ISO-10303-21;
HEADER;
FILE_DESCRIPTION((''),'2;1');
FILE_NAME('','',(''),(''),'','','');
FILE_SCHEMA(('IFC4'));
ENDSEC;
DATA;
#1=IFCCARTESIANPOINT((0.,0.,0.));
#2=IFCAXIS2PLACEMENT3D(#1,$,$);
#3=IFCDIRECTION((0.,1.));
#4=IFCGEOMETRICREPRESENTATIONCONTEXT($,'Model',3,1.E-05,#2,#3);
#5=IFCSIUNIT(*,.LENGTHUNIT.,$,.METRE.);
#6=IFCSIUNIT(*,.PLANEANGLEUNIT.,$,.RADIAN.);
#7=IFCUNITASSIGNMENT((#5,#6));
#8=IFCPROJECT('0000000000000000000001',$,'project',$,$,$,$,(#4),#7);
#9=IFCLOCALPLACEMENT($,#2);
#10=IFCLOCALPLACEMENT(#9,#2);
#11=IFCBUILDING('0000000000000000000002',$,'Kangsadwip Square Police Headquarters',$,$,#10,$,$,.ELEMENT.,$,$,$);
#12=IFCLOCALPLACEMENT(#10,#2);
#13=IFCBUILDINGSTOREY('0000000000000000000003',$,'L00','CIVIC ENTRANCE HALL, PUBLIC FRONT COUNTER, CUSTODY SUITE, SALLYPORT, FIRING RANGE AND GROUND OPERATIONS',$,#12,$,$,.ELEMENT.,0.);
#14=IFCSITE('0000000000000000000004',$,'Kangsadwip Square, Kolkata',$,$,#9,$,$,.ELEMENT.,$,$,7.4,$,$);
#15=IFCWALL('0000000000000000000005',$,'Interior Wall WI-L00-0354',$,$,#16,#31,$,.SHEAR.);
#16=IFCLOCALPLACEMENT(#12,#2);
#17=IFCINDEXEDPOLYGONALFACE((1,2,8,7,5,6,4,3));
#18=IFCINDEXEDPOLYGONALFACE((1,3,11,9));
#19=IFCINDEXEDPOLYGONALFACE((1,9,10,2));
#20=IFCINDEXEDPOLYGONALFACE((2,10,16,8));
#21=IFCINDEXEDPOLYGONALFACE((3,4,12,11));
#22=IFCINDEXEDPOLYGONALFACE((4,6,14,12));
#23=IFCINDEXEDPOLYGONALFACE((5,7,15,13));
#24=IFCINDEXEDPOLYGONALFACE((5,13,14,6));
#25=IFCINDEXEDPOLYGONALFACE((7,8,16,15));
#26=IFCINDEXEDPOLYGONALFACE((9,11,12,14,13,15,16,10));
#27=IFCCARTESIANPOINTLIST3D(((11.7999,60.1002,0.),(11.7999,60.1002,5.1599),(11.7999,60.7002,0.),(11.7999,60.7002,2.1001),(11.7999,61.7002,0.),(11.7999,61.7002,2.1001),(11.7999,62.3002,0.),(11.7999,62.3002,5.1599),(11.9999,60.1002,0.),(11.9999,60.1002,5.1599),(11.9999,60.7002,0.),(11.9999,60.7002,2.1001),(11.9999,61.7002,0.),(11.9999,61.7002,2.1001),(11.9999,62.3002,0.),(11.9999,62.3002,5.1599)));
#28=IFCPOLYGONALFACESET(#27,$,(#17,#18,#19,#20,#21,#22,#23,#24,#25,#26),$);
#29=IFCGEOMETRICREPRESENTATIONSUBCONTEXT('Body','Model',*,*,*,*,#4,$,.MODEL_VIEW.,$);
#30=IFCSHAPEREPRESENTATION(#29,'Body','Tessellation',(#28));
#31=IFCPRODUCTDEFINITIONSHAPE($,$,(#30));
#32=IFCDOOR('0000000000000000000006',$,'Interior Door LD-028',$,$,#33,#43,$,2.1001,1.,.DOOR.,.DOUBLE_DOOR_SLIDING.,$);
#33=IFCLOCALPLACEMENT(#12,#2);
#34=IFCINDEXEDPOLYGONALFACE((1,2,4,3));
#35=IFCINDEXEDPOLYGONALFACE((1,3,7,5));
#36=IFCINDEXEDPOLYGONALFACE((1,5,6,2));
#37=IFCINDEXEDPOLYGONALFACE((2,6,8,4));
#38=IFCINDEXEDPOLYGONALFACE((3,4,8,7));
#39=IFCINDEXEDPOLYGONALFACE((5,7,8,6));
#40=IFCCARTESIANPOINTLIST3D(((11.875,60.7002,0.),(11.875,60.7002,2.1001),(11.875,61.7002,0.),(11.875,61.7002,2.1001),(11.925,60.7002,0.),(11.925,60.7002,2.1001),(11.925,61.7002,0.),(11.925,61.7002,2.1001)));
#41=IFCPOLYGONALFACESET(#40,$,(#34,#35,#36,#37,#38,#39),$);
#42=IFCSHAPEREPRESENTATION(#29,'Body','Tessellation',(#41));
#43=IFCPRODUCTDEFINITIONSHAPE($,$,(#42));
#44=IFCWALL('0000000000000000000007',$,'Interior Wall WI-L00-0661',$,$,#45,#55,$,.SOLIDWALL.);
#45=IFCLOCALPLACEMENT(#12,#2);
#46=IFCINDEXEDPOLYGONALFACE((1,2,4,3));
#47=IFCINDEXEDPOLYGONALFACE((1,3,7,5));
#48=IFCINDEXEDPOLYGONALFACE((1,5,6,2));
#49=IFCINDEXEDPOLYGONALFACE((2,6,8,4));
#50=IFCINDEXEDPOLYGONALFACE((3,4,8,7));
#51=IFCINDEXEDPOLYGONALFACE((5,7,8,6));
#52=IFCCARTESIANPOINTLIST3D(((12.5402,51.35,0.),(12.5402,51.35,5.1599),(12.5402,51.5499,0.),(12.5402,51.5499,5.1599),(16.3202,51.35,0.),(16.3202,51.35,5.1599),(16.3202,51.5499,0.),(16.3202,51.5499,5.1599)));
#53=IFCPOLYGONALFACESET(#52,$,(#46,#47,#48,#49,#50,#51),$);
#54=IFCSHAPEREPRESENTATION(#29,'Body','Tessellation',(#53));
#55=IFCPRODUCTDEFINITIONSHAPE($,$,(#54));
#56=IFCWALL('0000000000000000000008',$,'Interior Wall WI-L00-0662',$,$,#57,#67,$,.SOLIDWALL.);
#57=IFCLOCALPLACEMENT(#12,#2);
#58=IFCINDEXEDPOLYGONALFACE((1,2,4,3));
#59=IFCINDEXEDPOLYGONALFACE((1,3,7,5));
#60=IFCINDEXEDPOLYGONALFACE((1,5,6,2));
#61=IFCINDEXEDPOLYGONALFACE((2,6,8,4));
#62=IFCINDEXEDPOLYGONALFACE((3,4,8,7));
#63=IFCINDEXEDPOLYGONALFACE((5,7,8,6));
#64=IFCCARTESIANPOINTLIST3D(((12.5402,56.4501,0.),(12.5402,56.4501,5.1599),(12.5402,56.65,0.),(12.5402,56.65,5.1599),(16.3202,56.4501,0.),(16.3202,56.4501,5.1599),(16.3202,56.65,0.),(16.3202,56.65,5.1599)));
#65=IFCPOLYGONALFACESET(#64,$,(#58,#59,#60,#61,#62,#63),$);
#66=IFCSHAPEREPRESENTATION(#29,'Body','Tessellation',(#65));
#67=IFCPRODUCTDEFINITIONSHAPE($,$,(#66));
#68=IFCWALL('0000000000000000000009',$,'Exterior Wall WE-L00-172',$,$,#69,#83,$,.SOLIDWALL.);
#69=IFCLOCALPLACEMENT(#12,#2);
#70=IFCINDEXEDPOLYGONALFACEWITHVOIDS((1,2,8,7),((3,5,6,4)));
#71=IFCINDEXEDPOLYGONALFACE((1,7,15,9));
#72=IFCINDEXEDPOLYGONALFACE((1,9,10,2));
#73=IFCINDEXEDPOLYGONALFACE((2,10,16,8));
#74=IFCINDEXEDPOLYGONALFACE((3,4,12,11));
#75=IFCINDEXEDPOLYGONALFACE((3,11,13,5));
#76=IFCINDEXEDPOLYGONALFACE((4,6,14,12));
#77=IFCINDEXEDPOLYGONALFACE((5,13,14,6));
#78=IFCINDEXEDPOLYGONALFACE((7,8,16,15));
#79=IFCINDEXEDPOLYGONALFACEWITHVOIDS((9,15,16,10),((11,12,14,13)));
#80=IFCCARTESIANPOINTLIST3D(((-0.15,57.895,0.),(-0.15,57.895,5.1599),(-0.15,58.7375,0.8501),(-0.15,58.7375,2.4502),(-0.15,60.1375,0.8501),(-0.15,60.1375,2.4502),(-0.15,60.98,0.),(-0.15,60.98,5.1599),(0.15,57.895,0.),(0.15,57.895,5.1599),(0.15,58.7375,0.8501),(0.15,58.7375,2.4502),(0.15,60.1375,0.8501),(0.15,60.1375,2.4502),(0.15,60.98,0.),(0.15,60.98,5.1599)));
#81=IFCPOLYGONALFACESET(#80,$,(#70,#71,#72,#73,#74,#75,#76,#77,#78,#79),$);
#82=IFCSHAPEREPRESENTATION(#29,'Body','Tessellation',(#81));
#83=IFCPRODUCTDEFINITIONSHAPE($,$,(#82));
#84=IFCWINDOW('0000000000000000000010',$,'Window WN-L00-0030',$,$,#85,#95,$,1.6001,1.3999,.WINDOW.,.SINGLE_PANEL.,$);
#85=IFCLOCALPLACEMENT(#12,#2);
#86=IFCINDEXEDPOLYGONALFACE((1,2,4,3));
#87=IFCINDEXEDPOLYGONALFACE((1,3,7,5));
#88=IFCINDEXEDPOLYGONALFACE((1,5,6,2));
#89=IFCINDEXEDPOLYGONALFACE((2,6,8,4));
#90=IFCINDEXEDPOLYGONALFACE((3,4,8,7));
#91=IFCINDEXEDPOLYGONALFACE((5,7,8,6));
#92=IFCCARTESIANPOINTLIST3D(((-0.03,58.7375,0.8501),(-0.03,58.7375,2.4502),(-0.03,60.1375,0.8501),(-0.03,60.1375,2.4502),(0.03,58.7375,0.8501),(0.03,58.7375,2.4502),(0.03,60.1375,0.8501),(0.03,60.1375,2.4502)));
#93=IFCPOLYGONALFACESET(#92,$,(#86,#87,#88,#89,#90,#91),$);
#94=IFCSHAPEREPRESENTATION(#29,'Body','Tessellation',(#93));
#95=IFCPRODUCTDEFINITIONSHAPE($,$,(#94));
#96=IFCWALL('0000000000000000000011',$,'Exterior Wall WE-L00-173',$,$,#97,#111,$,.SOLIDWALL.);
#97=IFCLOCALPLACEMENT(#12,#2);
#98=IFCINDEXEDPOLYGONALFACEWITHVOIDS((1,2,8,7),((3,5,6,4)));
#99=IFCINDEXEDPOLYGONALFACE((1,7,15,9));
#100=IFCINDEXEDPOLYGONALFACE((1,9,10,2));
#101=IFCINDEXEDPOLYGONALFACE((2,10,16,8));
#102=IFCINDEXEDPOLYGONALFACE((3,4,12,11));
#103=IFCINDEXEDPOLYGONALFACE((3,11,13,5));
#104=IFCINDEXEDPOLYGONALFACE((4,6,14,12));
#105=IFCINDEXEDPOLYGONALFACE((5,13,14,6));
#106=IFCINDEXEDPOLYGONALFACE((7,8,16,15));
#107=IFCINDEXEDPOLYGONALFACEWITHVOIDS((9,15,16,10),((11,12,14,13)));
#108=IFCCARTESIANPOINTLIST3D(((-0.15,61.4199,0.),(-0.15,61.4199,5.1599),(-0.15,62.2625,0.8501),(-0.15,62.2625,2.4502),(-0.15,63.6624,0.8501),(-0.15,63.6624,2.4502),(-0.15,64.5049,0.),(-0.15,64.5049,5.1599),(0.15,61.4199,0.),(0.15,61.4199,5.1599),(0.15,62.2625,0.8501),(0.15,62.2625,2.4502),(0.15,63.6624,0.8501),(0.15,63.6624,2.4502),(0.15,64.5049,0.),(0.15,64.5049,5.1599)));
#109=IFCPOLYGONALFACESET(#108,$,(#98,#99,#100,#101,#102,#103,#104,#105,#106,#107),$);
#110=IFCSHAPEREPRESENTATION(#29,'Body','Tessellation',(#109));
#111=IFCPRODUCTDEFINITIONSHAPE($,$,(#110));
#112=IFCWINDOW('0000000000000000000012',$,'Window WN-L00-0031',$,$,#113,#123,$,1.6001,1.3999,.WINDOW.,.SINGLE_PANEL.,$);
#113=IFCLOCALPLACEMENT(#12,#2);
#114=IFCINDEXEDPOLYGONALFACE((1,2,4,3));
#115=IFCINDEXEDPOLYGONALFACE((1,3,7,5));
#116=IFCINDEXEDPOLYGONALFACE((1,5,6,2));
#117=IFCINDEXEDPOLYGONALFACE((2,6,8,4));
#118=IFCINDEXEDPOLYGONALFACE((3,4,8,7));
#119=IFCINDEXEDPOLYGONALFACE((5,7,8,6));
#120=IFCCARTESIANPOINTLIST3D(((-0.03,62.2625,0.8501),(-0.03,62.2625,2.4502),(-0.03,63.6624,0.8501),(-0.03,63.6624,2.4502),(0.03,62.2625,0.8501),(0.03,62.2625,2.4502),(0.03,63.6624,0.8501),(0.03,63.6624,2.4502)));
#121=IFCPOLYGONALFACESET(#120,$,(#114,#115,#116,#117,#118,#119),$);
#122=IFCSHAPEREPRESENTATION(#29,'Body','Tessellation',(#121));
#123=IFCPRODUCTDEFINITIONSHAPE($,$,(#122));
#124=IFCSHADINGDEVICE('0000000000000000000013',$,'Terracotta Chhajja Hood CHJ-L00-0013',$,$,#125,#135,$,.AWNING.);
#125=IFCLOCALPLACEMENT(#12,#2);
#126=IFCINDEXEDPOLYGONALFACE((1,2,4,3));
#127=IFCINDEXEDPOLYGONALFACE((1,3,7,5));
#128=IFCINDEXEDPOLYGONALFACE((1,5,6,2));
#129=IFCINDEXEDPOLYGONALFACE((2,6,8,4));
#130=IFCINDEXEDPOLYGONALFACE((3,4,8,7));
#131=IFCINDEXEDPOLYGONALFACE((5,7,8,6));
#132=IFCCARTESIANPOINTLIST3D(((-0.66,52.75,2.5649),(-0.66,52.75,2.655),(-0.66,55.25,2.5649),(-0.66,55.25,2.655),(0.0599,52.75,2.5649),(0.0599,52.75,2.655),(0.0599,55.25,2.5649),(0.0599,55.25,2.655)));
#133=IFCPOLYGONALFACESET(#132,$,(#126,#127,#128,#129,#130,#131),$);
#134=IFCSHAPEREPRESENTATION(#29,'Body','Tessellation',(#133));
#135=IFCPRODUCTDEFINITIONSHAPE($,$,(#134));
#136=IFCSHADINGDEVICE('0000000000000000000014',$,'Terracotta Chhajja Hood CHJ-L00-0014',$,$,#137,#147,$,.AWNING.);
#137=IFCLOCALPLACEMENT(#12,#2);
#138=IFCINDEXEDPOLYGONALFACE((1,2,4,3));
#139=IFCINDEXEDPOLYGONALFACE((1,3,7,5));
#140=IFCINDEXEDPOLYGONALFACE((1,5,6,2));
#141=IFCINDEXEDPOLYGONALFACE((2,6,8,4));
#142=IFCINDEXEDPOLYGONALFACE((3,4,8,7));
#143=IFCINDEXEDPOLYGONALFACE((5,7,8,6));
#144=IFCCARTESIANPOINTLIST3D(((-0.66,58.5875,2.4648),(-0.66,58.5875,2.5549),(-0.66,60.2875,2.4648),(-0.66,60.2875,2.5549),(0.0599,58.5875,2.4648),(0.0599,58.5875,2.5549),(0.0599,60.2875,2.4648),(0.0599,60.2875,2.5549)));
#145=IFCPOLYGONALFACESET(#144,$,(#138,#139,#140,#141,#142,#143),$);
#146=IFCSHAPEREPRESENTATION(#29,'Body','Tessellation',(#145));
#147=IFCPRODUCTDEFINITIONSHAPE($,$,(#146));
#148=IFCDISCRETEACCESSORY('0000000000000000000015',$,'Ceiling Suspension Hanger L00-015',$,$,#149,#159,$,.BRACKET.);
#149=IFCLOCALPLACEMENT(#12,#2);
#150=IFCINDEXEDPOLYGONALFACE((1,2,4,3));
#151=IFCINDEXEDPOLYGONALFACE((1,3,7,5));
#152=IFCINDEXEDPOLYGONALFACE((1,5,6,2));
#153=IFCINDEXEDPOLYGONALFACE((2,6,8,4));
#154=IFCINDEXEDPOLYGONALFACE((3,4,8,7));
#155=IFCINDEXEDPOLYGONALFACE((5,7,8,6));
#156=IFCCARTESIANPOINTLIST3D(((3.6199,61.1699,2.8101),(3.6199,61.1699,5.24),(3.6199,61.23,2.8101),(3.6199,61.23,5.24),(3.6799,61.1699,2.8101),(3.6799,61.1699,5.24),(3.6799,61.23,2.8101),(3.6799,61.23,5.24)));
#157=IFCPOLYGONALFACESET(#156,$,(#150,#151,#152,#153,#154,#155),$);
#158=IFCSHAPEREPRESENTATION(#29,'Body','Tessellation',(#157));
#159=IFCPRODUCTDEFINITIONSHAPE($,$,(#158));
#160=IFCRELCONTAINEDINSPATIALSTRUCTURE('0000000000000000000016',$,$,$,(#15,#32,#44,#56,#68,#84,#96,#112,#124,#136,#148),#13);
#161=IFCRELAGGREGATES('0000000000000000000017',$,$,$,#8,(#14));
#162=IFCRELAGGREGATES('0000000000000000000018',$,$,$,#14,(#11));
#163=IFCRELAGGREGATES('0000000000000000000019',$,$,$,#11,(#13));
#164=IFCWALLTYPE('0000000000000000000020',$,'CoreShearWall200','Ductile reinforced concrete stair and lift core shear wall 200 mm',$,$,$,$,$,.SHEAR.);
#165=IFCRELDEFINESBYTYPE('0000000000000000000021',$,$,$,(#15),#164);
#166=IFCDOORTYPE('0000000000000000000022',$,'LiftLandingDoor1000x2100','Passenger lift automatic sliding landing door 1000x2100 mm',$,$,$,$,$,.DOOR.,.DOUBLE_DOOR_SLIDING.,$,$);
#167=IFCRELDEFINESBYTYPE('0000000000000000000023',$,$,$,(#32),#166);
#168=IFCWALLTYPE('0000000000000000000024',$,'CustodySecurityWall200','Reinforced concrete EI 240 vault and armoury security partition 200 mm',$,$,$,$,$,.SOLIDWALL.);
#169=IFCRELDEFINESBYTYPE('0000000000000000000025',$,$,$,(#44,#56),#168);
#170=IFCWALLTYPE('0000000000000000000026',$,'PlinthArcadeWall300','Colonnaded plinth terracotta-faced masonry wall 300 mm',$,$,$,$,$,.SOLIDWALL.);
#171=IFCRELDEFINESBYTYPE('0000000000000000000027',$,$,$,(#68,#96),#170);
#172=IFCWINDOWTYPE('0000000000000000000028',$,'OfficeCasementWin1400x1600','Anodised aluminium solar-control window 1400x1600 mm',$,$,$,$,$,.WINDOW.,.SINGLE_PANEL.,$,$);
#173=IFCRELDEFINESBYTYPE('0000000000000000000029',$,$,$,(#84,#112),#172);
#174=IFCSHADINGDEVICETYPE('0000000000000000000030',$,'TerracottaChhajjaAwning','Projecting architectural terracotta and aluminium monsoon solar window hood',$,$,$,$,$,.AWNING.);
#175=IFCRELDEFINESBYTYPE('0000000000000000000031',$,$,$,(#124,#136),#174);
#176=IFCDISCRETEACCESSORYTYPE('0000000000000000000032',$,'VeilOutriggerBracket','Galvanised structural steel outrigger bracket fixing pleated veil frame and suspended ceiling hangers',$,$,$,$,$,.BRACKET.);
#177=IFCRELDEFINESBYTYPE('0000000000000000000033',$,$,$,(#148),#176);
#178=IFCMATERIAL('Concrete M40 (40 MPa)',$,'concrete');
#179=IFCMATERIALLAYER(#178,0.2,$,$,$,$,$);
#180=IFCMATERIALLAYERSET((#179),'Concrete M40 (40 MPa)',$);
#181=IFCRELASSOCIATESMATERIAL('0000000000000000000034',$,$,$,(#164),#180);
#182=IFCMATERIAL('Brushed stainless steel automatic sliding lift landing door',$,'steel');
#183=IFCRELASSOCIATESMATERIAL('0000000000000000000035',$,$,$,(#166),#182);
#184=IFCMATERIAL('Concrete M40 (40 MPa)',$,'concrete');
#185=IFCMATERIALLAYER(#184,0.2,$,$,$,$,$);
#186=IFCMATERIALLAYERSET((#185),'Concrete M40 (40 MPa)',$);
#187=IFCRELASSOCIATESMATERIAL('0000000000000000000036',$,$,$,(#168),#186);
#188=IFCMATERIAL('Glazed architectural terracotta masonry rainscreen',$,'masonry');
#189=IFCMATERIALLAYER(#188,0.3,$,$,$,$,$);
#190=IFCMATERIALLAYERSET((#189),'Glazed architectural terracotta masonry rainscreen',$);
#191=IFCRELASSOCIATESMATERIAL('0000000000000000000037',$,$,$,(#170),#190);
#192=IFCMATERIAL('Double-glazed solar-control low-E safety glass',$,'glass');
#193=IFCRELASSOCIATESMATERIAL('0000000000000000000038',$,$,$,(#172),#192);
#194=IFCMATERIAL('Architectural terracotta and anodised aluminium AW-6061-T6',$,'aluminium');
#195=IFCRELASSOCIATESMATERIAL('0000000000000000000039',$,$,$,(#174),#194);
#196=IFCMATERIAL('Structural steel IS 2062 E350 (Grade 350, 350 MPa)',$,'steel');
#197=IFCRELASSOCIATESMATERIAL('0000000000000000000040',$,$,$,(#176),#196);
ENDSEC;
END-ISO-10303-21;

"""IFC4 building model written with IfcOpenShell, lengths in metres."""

from ifc_helpers import new_model, si_unit, direction, frame, frame_2d, origin, origin_2d, place, context, subcontext, project, spatial, rectangle, extrude, material, layer, layer_set, type_object, element, fill, save


model = new_model("IFC4")

# Units and contexts
model_context = context("Model", 3, precision=1e-05, world=origin(), true_north=direction((0.0, 1.0)))
body_context = subcontext(model_context, "Body", "Model", "MODEL_VIEW")
ifc_project = project(units=[si_unit("LENGTHUNIT", "METRE"), si_unit("PLANEANGLEUNIT", "RADIAN")], contexts=[model_context])

# Site, building, storey
site_placement = place(None, origin())
site = spatial("IfcSite", under=ifc_project, at=site_placement, Name="Kangsadwip Square, Kolkata", CompositionType="ELEMENT", RefElevation=7.4)
building_placement = place(site_placement, origin())
building = spatial("IfcBuilding", under=site, at=building_placement, Name="Kangsadwip Square Police Headquarters", CompositionType="ELEMENT")
storey_placement = place(building_placement, origin())
storey = spatial("IfcBuildingStorey", under=building, at=storey_placement, Name="L00", Description="CIVIC ENTRANCE HALL, PUBLIC FRONT COUNTER, CUSTODY SUITE, SALLYPORT, FIRING RANGE AND GROUND OPERATIONS", CompositionType="ELEMENT", Elevation=0.0)

# Shared definitions
ifc_material_1 = material(Name="Concrete M40 (40 MPa)", Category="concrete")
ifc_layer_1 = layer(ifc_material_1, 0.2)
ifc_layer_set_1 = layer_set([ifc_layer_1], Name="Concrete M40 (40 MPa)")
wall_type_1 = type_object("IfcWallType", Name="CoreShearWall200", Description="Ductile reinforced concrete stair and lift core shear wall 200 mm", PredefinedType="SHEAR", material=ifc_layer_set_1)

# Wall, opening, door
wall_1_placement = place(storey_placement, frame((11.8999, 60.1001, 0.0), z_axis=(0.0, 0.0, 1.0), x_axis=(0.0, 1.0, 0.0)))
wall_1 = element("IfcWall", 1, at=wall_1_placement, inside=storey, type_object=wall_type_1, Name="Interior Wall WI-L00-0354", PredefinedType="SHEAR", context=body_context, shape_type="SweptSolid", body=[
    extrude(rectangle(XDim=2.2, YDim=0.2, at=frame_2d((1.1001, 0.0))), origin(), (0.0, 0.0, 1.0), 5.1599),
])
opening_1_placement = place(wall_1_placement, frame((0.6001, 0.0, 0.0)))
opening_1 = element("IfcOpeningElement", 2, at=opening_1_placement, cuts=wall_1, PredefinedType="OPENING", context=body_context, shape_type="SweptSolid", body=[
    extrude(rectangle(XDim=1.0, YDim=2.1001, at=frame_2d((0.5, 1.05))), frame((0.0, 0.1099, 0.0), z_axis=(0.0, -1.0, 0.0), x_axis=(1.0, 0.0, 0.0)), (0.0, 0.0, 1.0), 0.22),
])
ifc_material_2 = material(Name="Brushed stainless steel automatic sliding lift landing door", Category="steel")
door_type_1 = type_object("IfcDoorType", Name="LiftLandingDoor1000x2100", Description="Passenger lift automatic sliding landing door 1000x2100 mm", OperationType="DOUBLE_DOOR_SLIDING", PredefinedType="DOOR", material=ifc_material_2)
door_1_placement = place(opening_1_placement, origin())
door_1 = element("IfcDoor", 3, at=door_1_placement, inside=storey, type_object=door_type_1, Name="Interior Door LD-028", OperationType="DOUBLE_DOOR_SLIDING", OverallHeight=2.1001, OverallWidth=1.0, PredefinedType="DOOR", context=body_context, shape_type="SweptSolid", body=[
    extrude(rectangle(XDim=1.0, YDim=2.1001, at=frame_2d((0.5, 1.05))), frame((0.0, 0.0249, 0.0), z_axis=(0.0, -1.0, 0.0), x_axis=(1.0, 0.0, 0.0)), (0.0, 0.0, 1.0), 0.05),
])
fill(opening_1, door_1)

# Walls
ifc_material_3 = material(Name="Concrete M40 (40 MPa)", Category="concrete")
ifc_layer_2 = layer(ifc_material_3, 0.2)
ifc_layer_set_2 = layer_set([ifc_layer_2], Name="Concrete M40 (40 MPa)")
wall_type_2 = type_object("IfcWallType", Name="CustodySecurityWall200", Description="Reinforced concrete EI 240 vault and armoury security partition 200 mm", PredefinedType="SOLIDWALL", material=ifc_layer_set_2)
for number, where, z_axis, x_axis, name in (
    (4, (12.54, 51.45, 0.0), (0.0, 0.0, 1.0), (1.0, 0.0, 0.0), "Interior Wall WI-L00-0661"),
    (5, (12.54, 56.55, 0.0), (0.0, 0.0, 1.0), (1.0, 0.0, 0.0), "Interior Wall WI-L00-0662"),
):
    element("IfcWall", number, at=place(storey_placement, frame(where, z_axis=z_axis, x_axis=x_axis)), inside=storey, type_object=wall_type_2, Name=name, PredefinedType="SOLIDWALL", context=body_context, shape_type="SweptSolid", body=[
        extrude(rectangle(XDim=3.78, YDim=0.2, at=frame_2d((1.8901, 0.0))), origin(), (0.0, 0.0, 1.0), 5.1599),
    ])

# Walls, openings, windows
ifc_material_4 = material(Name="Glazed architectural terracotta masonry rainscreen", Category="masonry")
ifc_layer_3 = layer(ifc_material_4, 0.3)
ifc_layer_set_3 = layer_set([ifc_layer_3], Name="Glazed architectural terracotta masonry rainscreen")
wall_type_3 = type_object("IfcWallType", Name="PlinthArcadeWall300", Description="Colonnaded plinth terracotta-faced masonry wall 300 mm", PredefinedType="SOLIDWALL", material=ifc_layer_set_3)
wall_2_placement = place(storey_placement, frame((0.0, 57.895, 0.0), z_axis=(0.0, 0.0, 1.0), x_axis=(0.0, 1.0, 0.0)))
wall_2 = element("IfcWall", 6, at=wall_2_placement, inside=storey, type_object=wall_type_3, Name="Exterior Wall WE-L00-172", PredefinedType="SOLIDWALL", context=body_context, shape_type="SweptSolid", body=[
    extrude(rectangle(XDim=3.085, YDim=0.3, at=frame_2d((1.5425, 0.0))), origin(), (0.0, 0.0, 1.0), 5.1599),
])
opening_2_placement = place(wall_2_placement, frame((0.8425, 0.0, 0.8501)))
opening_2 = element("IfcOpeningElement", 7, at=opening_2_placement, cuts=wall_2, PredefinedType="OPENING", context=body_context, shape_type="SweptSolid", body=[
    extrude(rectangle(XDim=1.3999, YDim=1.6001, at=frame_2d((0.7, 0.8))), frame((0.0, 0.1599, 0.0), z_axis=(0.0, -1.0, 0.0), x_axis=(1.0, 0.0, 0.0)), (0.0, 0.0, 1.0), 0.3201),
])
ifc_material_5 = material(Name="Double-glazed solar-control low-E safety glass", Category="glass")
window_type = type_object("IfcWindowType", Name="OfficeCasementWin1400x1600", Description="Anodised aluminium solar-control window 1400x1600 mm", PartitioningType="SINGLE_PANEL", PredefinedType="WINDOW", material=ifc_material_5)
window_1_placement = place(opening_2_placement, origin())
window_1 = element("IfcWindow", 8, at=window_1_placement, inside=storey, type_object=window_type, Name="Window WN-L00-0030", OverallHeight=1.6001, OverallWidth=1.3999, PartitioningType="SINGLE_PANEL", PredefinedType="WINDOW", context=body_context, shape_type="SweptSolid", body=[
    extrude(rectangle(XDim=1.3999, YDim=1.6001, at=frame_2d((0.7, 0.8))), frame((0.0, 0.03, 0.0), z_axis=(0.0, -1.0, 0.0), x_axis=(1.0, 0.0, 0.0)), (0.0, 0.0, 1.0), 0.0601),
])
fill(opening_2, window_1)
wall_3_placement = place(storey_placement, frame((0.0, 61.4199, 0.0), z_axis=(0.0, 0.0, 1.0), x_axis=(0.0, 1.0, 0.0)))
wall_3 = element("IfcWall", 9, at=wall_3_placement, inside=storey, type_object=wall_type_3, Name="Exterior Wall WE-L00-173", PredefinedType="SOLIDWALL", context=body_context, shape_type="SweptSolid", body=[
    extrude(rectangle(XDim=3.085, YDim=0.3, at=frame_2d((1.5425, 0.0))), origin(), (0.0, 0.0, 1.0), 5.1599),
])
opening_3_placement = place(wall_3_placement, frame((0.8425, 0.0, 0.8501)))
opening_3 = element("IfcOpeningElement", 10, at=opening_3_placement, cuts=wall_3, PredefinedType="OPENING", context=body_context, shape_type="SweptSolid", body=[
    extrude(rectangle(XDim=1.3999, YDim=1.6001, at=frame_2d((0.7, 0.8))), frame((0.0, 0.1599, 0.0), z_axis=(0.0, -1.0, 0.0), x_axis=(1.0, 0.0, 0.0)), (0.0, 0.0, 1.0), 0.3201),
])
window_2_placement = place(opening_3_placement, origin())
window_2 = element("IfcWindow", 11, at=window_2_placement, inside=storey, type_object=window_type, Name="Window WN-L00-0031", OverallHeight=1.6001, OverallWidth=1.3999, PartitioningType="SINGLE_PANEL", PredefinedType="WINDOW", context=body_context, shape_type="SweptSolid", body=[
    extrude(rectangle(XDim=1.3999, YDim=1.6001, at=frame_2d((0.7, 0.8))), frame((0.0, 0.03, 0.0), z_axis=(0.0, -1.0, 0.0), x_axis=(1.0, 0.0, 0.0)), (0.0, 0.0, 1.0), 0.0601),
])
fill(opening_3, window_2)

# Shading devices
ifc_material_6 = material(Name="Architectural terracotta and anodised aluminium AW-6061-T6", Category="aluminium")
shading_device_type = type_object("IfcShadingDeviceType", Name="TerracottaChhajjaAwning", Description="Projecting architectural terracotta and aluminium monsoon solar window hood", PredefinedType="AWNING", material=ifc_material_6)
shading_device_1_placement = place(storey_placement, frame((-0.3, 54.0, 2.5649), z_axis=(0.0, 0.0, 1.0), x_axis=(0.0, 1.0, 0.0)))
element("IfcShadingDevice", 12, at=shading_device_1_placement, inside=storey, type_object=shading_device_type, Name="Terracotta Chhajja Hood CHJ-L00-0013", PredefinedType="AWNING", context=body_context, shape_type="SweptSolid", body=[
    extrude(rectangle(XDim=2.5, YDim=0.72, at=origin_2d()), origin(), (0.0, 0.0, 1.0), 0.0901),
])
shading_device_2_placement = place(storey_placement, frame((-0.3, 59.4375, 2.4648), z_axis=(0.0, 0.0, 1.0), x_axis=(0.0, 1.0, 0.0)))
element("IfcShadingDevice", 13, at=shading_device_2_placement, inside=storey, type_object=shading_device_type, Name="Terracotta Chhajja Hood CHJ-L00-0014", PredefinedType="AWNING", context=body_context, shape_type="SweptSolid", body=[
    extrude(rectangle(XDim=1.7, YDim=0.72, at=origin_2d()), origin(), (0.0, 0.0, 1.0), 0.0901),
])

# Discrete accessory
ifc_material_7 = material(Name="Structural steel IS 2062 E350 (Grade 350, 350 MPa)", Category="steel")
discrete_accessory_type = type_object("IfcDiscreteAccessoryType", Name="VeilOutriggerBracket", Description="Galvanised structural steel outrigger bracket fixing pleated veil frame and suspended ceiling hangers", PredefinedType="BRACKET", material=ifc_material_7)
discrete_accessory_placement = place(storey_placement, frame((3.6499, 61.2, 2.8101), z_axis=(0.0, 0.0, 1.0), x_axis=(1.0, 0.0, 0.0)))
element("IfcDiscreteAccessory", 14, at=discrete_accessory_placement, inside=storey, type_object=discrete_accessory_type, Name="Ceiling Suspension Hanger L00-015", PredefinedType="BRACKET", context=body_context, shape_type="SweptSolid", body=[
    extrude(rectangle(XDim=0.0601, YDim=0.0601, at=origin_2d()), origin(), (0.0, 0.0, 1.0), 2.4299),
])

save(model, "model.ifc")
